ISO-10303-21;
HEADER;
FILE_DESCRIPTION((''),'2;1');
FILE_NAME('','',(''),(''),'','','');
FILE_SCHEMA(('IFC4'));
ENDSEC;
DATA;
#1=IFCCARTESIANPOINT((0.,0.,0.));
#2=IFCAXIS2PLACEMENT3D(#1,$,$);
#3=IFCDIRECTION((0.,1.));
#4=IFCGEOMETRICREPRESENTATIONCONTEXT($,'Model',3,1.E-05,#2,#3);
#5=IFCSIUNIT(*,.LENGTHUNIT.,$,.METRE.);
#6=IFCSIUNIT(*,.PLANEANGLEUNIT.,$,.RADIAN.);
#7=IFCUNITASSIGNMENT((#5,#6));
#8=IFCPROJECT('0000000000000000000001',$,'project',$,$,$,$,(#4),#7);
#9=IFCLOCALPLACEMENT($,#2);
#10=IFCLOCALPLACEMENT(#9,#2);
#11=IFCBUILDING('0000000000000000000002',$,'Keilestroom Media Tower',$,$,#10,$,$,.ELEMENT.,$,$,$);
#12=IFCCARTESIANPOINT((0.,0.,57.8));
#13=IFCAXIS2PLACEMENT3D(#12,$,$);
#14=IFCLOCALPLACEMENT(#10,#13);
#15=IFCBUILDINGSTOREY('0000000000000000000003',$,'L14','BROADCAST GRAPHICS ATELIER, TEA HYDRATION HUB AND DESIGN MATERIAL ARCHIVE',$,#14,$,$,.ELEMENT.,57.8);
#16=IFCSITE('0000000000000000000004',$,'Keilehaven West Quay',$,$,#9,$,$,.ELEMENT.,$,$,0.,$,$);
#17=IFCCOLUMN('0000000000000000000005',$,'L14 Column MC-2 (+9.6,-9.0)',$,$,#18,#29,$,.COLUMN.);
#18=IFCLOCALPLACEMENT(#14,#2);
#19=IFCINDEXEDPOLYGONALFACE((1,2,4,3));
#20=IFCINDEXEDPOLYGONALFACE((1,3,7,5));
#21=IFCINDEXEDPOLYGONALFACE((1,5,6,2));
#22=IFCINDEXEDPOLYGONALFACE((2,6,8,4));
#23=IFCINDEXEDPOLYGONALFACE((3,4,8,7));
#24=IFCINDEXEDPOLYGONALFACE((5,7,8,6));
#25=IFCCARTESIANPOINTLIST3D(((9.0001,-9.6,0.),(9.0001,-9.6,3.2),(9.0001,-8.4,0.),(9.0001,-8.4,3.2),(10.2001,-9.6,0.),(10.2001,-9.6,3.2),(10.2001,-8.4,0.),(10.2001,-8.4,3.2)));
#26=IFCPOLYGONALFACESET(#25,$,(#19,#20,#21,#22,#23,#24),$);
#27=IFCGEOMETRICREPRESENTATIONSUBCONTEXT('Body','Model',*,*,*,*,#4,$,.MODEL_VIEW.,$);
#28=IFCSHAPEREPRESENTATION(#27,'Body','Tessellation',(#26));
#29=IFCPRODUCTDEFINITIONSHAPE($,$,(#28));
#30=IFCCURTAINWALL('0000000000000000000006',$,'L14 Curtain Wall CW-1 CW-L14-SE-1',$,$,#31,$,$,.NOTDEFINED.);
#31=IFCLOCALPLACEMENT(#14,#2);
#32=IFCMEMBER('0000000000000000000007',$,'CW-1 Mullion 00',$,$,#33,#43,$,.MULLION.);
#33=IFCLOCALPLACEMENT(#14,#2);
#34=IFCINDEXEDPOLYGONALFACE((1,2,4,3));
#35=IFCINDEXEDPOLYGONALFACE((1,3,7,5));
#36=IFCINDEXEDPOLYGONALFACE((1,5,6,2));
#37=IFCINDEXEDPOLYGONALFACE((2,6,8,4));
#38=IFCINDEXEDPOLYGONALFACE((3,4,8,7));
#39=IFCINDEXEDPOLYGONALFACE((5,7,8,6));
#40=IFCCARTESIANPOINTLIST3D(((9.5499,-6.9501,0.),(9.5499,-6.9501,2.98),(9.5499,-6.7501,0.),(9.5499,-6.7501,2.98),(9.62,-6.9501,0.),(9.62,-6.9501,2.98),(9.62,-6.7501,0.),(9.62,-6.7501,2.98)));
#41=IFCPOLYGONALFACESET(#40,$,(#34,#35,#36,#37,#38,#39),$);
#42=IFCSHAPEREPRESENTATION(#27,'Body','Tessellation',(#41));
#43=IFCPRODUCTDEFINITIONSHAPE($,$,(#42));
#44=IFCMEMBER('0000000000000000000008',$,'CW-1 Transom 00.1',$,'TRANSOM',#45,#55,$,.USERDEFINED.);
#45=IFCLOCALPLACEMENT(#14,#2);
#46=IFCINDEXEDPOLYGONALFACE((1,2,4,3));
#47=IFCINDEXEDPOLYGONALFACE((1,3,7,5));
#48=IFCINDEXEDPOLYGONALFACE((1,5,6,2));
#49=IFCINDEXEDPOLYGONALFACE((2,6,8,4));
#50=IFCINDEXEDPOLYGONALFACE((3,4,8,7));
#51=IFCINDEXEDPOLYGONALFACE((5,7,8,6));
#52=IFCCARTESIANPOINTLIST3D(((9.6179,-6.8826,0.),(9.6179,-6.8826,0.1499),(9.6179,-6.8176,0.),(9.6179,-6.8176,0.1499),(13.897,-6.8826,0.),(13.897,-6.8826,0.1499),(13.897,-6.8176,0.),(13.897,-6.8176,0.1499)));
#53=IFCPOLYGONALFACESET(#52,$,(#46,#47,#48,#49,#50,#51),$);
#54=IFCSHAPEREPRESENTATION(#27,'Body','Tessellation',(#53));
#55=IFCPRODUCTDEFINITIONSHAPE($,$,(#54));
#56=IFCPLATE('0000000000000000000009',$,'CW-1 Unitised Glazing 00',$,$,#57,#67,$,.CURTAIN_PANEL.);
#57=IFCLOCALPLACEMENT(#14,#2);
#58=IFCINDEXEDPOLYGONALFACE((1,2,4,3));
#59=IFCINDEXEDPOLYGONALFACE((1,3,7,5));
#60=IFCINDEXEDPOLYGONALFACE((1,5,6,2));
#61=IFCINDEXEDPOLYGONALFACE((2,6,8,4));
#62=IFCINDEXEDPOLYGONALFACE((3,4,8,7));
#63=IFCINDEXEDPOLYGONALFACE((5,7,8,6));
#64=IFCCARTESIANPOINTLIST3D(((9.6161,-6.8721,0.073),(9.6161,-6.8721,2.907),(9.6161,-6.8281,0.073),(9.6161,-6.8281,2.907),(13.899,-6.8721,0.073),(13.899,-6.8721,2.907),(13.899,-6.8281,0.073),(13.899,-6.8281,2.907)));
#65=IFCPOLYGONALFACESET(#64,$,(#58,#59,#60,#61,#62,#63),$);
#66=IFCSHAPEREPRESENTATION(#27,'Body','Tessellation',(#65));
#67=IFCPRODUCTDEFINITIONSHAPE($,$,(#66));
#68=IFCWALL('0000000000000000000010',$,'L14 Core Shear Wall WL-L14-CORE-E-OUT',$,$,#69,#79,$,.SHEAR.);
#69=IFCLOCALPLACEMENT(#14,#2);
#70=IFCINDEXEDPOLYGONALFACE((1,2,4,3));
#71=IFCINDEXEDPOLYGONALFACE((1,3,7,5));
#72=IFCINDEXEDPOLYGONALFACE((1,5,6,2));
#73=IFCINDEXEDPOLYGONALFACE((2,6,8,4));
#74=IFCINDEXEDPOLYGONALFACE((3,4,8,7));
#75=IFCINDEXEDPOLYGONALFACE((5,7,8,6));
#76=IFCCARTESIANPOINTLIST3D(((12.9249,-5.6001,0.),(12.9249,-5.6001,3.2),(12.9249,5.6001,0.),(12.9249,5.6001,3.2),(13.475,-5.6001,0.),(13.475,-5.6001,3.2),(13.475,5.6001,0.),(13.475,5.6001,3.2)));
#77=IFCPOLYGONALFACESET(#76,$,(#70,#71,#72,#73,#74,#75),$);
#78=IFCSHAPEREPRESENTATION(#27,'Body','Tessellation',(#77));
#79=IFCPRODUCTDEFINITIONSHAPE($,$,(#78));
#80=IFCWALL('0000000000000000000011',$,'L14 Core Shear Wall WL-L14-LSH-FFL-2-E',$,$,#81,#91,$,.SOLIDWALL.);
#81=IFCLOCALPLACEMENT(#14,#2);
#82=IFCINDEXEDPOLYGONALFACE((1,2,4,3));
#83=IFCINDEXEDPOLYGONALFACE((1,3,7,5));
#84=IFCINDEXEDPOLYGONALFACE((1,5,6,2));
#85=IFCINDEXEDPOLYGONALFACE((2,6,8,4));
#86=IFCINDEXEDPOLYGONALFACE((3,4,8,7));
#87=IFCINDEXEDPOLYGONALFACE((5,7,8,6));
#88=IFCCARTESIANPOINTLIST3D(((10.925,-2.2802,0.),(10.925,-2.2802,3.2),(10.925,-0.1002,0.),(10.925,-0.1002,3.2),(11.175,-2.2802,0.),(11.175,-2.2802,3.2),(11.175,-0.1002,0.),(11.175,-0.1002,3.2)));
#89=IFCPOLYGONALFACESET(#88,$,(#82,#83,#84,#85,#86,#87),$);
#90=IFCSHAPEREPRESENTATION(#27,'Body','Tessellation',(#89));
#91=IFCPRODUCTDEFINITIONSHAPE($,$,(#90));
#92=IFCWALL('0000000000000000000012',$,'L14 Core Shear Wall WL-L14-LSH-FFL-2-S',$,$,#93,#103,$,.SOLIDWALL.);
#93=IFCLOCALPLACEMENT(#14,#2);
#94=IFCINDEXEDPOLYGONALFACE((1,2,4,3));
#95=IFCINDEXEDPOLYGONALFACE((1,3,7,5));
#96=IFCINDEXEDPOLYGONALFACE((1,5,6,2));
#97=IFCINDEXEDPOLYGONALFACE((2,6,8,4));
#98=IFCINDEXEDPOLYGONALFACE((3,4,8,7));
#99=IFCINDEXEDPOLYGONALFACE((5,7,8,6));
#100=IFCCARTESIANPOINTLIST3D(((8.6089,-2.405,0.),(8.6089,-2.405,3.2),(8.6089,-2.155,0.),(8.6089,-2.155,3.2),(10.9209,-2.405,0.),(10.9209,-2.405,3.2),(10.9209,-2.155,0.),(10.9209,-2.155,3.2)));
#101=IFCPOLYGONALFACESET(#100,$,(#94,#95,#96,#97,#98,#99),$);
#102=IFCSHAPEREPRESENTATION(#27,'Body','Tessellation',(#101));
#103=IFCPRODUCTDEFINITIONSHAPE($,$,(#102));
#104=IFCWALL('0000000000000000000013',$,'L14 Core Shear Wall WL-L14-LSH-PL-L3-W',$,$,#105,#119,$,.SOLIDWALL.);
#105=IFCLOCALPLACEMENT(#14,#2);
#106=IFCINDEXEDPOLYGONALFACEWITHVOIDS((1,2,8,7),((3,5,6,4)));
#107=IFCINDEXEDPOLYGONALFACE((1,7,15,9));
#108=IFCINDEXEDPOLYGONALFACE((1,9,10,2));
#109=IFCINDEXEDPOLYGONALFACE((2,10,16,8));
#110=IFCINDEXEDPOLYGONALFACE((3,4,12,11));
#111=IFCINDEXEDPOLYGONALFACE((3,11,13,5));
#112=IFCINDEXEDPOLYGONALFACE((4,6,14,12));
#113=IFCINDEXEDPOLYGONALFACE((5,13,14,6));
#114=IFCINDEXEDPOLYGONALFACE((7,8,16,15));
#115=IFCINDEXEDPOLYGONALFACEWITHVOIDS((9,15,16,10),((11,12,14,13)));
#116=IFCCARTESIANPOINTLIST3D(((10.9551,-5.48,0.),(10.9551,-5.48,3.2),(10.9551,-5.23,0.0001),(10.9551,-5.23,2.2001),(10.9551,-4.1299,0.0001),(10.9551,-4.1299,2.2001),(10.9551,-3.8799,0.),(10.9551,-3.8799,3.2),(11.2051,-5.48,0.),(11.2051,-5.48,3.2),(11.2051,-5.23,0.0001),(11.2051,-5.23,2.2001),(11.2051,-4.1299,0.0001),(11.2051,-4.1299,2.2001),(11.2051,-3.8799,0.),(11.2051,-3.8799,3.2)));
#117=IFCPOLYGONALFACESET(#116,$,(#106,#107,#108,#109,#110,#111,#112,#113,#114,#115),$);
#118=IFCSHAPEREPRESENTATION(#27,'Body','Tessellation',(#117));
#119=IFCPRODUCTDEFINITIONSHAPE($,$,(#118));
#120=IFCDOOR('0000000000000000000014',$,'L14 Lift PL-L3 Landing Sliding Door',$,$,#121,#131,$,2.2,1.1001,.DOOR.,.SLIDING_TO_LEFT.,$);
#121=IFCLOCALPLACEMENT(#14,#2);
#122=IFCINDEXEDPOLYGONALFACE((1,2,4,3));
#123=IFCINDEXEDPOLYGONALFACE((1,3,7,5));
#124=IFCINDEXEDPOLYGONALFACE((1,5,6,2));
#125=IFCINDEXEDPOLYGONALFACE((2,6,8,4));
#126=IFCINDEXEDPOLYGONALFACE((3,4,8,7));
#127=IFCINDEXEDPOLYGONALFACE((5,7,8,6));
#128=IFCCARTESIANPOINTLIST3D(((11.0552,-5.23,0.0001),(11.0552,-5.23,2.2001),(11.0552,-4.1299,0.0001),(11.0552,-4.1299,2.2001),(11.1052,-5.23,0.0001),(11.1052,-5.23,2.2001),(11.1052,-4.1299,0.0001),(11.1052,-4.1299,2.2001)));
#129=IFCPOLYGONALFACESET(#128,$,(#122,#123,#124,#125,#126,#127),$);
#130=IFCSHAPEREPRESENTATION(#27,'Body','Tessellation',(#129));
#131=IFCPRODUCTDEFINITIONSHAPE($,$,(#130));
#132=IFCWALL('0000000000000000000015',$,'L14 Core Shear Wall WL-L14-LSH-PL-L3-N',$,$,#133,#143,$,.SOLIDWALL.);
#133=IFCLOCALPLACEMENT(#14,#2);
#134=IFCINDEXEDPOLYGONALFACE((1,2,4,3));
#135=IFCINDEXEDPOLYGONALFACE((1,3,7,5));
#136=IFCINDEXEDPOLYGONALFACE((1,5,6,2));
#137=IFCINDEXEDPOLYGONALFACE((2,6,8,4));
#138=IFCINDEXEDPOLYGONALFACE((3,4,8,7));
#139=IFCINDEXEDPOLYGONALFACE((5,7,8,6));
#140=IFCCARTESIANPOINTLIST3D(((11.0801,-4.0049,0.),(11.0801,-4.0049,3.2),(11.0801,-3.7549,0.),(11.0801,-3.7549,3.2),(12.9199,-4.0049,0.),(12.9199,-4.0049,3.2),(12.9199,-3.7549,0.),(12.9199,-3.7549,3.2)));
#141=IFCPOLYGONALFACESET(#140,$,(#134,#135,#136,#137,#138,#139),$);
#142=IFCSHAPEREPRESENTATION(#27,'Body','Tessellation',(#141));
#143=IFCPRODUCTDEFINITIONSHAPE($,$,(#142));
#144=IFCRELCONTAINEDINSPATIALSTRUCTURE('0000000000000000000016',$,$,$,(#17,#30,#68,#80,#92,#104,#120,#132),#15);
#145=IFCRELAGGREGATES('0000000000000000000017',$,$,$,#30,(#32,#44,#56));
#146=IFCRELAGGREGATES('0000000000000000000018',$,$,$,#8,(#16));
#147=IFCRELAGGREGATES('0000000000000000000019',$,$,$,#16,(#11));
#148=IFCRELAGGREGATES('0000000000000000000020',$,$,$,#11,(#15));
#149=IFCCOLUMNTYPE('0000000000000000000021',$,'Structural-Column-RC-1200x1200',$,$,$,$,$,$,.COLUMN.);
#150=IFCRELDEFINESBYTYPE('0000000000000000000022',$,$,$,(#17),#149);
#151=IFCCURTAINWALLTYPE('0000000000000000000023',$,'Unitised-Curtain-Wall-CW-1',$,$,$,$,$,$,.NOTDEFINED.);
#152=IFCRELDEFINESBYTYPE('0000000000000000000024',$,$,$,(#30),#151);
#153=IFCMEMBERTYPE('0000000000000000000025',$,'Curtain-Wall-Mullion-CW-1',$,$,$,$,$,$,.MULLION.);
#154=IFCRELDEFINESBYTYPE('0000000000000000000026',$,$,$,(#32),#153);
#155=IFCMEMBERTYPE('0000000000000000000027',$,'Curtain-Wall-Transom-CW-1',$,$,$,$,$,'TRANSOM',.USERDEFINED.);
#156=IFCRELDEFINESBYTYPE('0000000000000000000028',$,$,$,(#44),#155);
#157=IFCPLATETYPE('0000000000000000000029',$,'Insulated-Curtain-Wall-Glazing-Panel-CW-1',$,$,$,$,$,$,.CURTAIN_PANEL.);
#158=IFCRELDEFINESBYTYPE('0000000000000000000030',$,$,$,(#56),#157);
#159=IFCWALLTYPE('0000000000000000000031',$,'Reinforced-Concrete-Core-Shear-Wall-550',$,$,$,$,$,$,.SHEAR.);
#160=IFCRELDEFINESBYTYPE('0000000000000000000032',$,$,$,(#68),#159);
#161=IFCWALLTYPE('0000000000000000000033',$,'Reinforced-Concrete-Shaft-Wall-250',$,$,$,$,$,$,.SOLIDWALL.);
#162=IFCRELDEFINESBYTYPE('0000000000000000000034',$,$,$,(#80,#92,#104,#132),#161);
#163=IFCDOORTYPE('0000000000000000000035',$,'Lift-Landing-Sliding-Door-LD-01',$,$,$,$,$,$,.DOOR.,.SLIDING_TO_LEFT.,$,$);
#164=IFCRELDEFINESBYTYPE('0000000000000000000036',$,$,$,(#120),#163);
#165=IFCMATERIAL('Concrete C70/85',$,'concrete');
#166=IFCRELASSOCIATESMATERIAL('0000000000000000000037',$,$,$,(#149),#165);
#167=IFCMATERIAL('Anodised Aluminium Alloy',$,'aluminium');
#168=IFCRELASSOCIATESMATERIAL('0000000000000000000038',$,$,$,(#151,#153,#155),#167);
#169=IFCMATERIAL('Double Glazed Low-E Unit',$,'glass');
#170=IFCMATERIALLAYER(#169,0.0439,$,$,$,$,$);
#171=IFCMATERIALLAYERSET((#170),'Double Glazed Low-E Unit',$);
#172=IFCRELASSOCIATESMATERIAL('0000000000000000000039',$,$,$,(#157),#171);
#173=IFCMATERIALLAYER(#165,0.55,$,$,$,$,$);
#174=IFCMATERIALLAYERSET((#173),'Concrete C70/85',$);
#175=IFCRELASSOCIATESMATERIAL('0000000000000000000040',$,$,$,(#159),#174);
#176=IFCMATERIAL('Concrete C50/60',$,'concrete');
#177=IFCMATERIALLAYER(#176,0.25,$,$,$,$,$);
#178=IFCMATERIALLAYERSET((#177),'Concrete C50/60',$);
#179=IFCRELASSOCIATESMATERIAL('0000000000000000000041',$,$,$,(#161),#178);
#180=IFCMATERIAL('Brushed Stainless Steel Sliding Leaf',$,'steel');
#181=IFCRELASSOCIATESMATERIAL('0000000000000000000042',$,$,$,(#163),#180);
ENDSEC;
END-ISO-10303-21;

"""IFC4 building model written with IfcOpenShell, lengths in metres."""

from ifc_helpers import new_model, si_unit, direction, frame, frame_2d, origin, origin_2d, place, context, subcontext, project, spatial, rectangle, extrude, source, transform, mapped, material, layer, layer_set, material_profile, profile_set, type_object, element, fill, aggregate, save


model = new_model("IFC4")

# Units and contexts
model_context = context("Model", 3, precision=1e-05, world=origin(), true_north=direction((0.0, 1.0)))
body_context = subcontext(model_context, "Body", "Model", "MODEL_VIEW")
ifc_project = project(units=[si_unit("LENGTHUNIT", "METRE"), si_unit("PLANEANGLEUNIT", "RADIAN")], contexts=[model_context])

# Site, building, storey
site_placement = place(None, origin())
site = spatial("IfcSite", under=ifc_project, at=site_placement, Name="Keilehaven West Quay", CompositionType="ELEMENT", RefElevation=0.0)
building_placement = place(site_placement, origin())
building = spatial("IfcBuilding", under=site, at=building_placement, Name="Keilestroom Media Tower", CompositionType="ELEMENT")
storey_placement = place(building_placement, frame((0.0, 0.0, 57.8)))
storey = spatial("IfcBuildingStorey", under=building, at=storey_placement, Name="L14", Description="BROADCAST GRAPHICS ATELIER, TEA HYDRATION HUB AND DESIGN MATERIAL ARCHIVE", CompositionType="ELEMENT", Elevation=57.8)

# Column
ifc_material_1 = material(Name="Concrete C70/85", Category="concrete")
ifc_material_profile_1 = material_profile(ifc_material_1, rectangle(XDim=1.2, YDim=1.2, at=origin_2d()), Name="RC 1200x1200")
ifc_profile_set_1 = profile_set([ifc_material_profile_1], Name="Concrete C70/85")
column_type = type_object("IfcColumnType", Name="Structural-Column-RC-1200x1200", PredefinedType="COLUMN", material=ifc_profile_set_1)
shared_shape_1 = source(origin(), body_context, "Body", "SweptSolid", [
    extrude(rectangle(XDim=1.2, YDim=1.2, at=origin_2d()), origin(), (0.0, 0.0, 1.0), 3.2),
])
column_placement = place(storey_placement, frame((9.6001, -9.0, 0.0), z_axis=(0.0, 0.0, 1.0), x_axis=(1.0, 0.0, 0.0)))
element("IfcColumn", 1, at=column_placement, inside=storey, type_object=column_type, Name="L14 Column MC-2 (+9.6,-9.0)", PredefinedType="COLUMN", context=body_context, shape_type="MappedRepresentation", body=[
    mapped(shared_shape_1, transform((0.0, 0.0, 0.0), x_axis=(1.0, 0.0, 0.0), y_axis=(0.0, 1.0, 0.0), z_axis=(0.0, 0.0, 1.0), scale=1.0)),
])

# Curtain wall, members, plate
ifc_material_2 = material(Name="Anodised Aluminium Alloy", Category="aluminium")
curtain_wall_type = type_object("IfcCurtainWallType", Name="Unitised-Curtain-Wall-CW-1", PredefinedType="NOTDEFINED", material=ifc_material_2)
curtain_wall_placement = place(storey_placement, origin())
curtain_wall = element("IfcCurtainWall", 2, at=curtain_wall_placement, inside=storey, type_object=curtain_wall_type, Name="L14 Curtain Wall CW-1 CW-L14-SE-1", PredefinedType="NOTDEFINED")
ifc_material_profile_2 = material_profile(ifc_material_2, rectangle(XDim=0.0701, YDim=0.2, at=origin_2d()), Name="ALU MULLION 70x200")
ifc_profile_set_2 = profile_set([ifc_material_profile_2], Name="Anodised Aluminium Alloy")
member_type_1 = type_object("IfcMemberType", Name="Curtain-Wall-Mullion-CW-1", PredefinedType="MULLION", material=ifc_profile_set_2)
shared_shape_2 = source(origin(), body_context, "Body", "SweptSolid", [
    extrude(rectangle(XDim=0.0701, YDim=0.2, at=origin_2d()), origin(), (0.0, 0.0, 1.0), 2.98),
])
member_1_placement = place(storey_placement, frame((9.585, -6.8501, 0.0), z_axis=(0.0, 0.0, 1.0), x_axis=(1.0, 0.0, 0.0)))
member_1 = element("IfcMember", 3, at=member_1_placement, type_object=member_type_1, Name="CW-1 Mullion 00", PredefinedType="MULLION", context=body_context, shape_type="MappedRepresentation", body=[
    mapped(shared_shape_2, transform((0.0, 0.0, 0.0), x_axis=(1.0, 0.0, 0.0), y_axis=(0.0, 1.0, 0.0), z_axis=(0.0, 0.0, 1.0), scale=1.0)),
])
ifc_material_profile_3 = material_profile(ifc_material_2, rectangle(XDim=0.0649, YDim=0.1499, at=origin_2d()), Name="ALU TRANSOM 65x150")
ifc_profile_set_3 = profile_set([ifc_material_profile_3], Name="Anodised Aluminium Alloy")
member_type_2 = type_object("IfcMemberType", Name="Curtain-Wall-Transom-CW-1", ElementType="TRANSOM", PredefinedType="USERDEFINED", material=ifc_profile_set_3)
shared_shape_3 = source(origin(), body_context, "Body", "SweptSolid", [
    extrude(rectangle(XDim=0.0649, YDim=0.1499, at=origin_2d()), origin(), (0.0, 0.0, 1.0), 4.2791),
])
member_2_placement = place(storey_placement, frame((9.6179, -6.8501, 0.075), z_axis=(1.0, 0.0, 0.0), x_axis=(0.0, 1.0, 0.0)))
member_2 = element("IfcMember", 4, at=member_2_placement, type_object=member_type_2, Name="CW-1 Transom 00.1", ObjectType="TRANSOM", PredefinedType="USERDEFINED", context=body_context, shape_type="MappedRepresentation", body=[
    mapped(shared_shape_3, transform((0.0, 0.0, 0.0), x_axis=(1.0, 0.0, 0.0), y_axis=(0.0, 1.0, 0.0), z_axis=(0.0, 0.0, 1.0), scale=1.0)),
])
ifc_material_3 = material(Name="Double Glazed Low-E Unit", Category="glass")
ifc_layer_1 = layer(ifc_material_3, 0.0439)
ifc_layer_set_1 = layer_set([ifc_layer_1], Name="Double Glazed Low-E Unit")
plate_type = type_object("IfcPlateType", Name="Insulated-Curtain-Wall-Glazing-Panel-CW-1", PredefinedType="CURTAIN_PANEL", material=ifc_layer_set_1)
shared_shape_4 = source(origin(), body_context, "Body", "SweptSolid", [
    extrude(rectangle(XDim=4.283, YDim=0.0439, at=origin_2d()), origin(), (0.0, 0.0, 1.0), 2.834),
])
plate_placement = place(storey_placement, frame((11.7576, -6.8501, 0.073), z_axis=(0.0, 0.0, 1.0), x_axis=(1.0, 0.0, 0.0)))
plate = element("IfcPlate", 5, at=plate_placement, type_object=plate_type, Name="CW-1 Unitised Glazing 00", PredefinedType="CURTAIN_PANEL", context=body_context, shape_type="MappedRepresentation", body=[
    mapped(shared_shape_4, transform((0.0, 0.0, 0.0), x_axis=(1.0, 0.0, 0.0), y_axis=(0.0, 1.0, 0.0), z_axis=(0.0, 0.0, 1.0), scale=1.0)),
])
aggregate(curtain_wall, [member_1, member_2, plate])

# Walls
ifc_layer_2 = layer(ifc_material_1, 0.55)
ifc_layer_set_2 = layer_set([ifc_layer_2], Name="Concrete C70/85")
wall_type_1 = type_object("IfcWallType", Name="Reinforced-Concrete-Core-Shear-Wall-550", PredefinedType="SHEAR", material=ifc_layer_set_2)
wall_1_placement = place(storey_placement, frame((13.2, -5.6001, 0.0), z_axis=(0.0, 0.0, 1.0), x_axis=(0.0, 1.0, 0.0)))
element("IfcWall", 6, at=wall_1_placement, inside=storey, type_object=wall_type_1, Name="L14 Core Shear Wall WL-L14-CORE-E-OUT", PredefinedType="SHEAR", context=body_context, shape_type="SweptSolid", body=[
    extrude(rectangle(XDim=11.2002, YDim=0.55, at=frame_2d((5.6001, 0.0))), origin(), (0.0, 0.0, 1.0), 3.2),
])
ifc_material_4 = material(Name="Concrete C50/60", Category="concrete")
ifc_layer_3 = layer(ifc_material_4, 0.25)
ifc_layer_set_3 = layer_set([ifc_layer_3], Name="Concrete C50/60")
wall_type_2 = type_object("IfcWallType", Name="Reinforced-Concrete-Shaft-Wall-250", PredefinedType="SOLIDWALL", material=ifc_layer_set_3)
wall_2_placement = place(storey_placement, frame((11.05, -2.28, 0.0), z_axis=(0.0, 0.0, 1.0), x_axis=(0.0, 1.0, 0.0)))
element("IfcWall", 7, at=wall_2_placement, inside=storey, type_object=wall_type_2, Name="L14 Core Shear Wall WL-L14-LSH-FFL-2-E", PredefinedType="SOLIDWALL", context=body_context, shape_type="SweptSolid", body=[
    extrude(rectangle(XDim=2.1799, YDim=0.25, at=frame_2d((1.0898, 0.0))), origin(), (0.0, 0.0, 1.0), 3.2),
])
wall_3_placement = place(storey_placement, frame((8.6089, -2.28, 0.0), z_axis=(0.0, 0.0, 1.0), x_axis=(1.0, 0.0, 0.0)))
element("IfcWall", 8, at=wall_3_placement, inside=storey, type_object=wall_type_2, Name="L14 Core Shear Wall WL-L14-LSH-FFL-2-S", PredefinedType="SOLIDWALL", context=body_context, shape_type="SweptSolid", body=[
    extrude(rectangle(XDim=2.312, YDim=0.25, at=frame_2d((1.156, 0.0))), origin(), (0.0, 0.0, 1.0), 3.2),
])

# Wall, opening, door
wall_4_placement = place(storey_placement, frame((11.0801, -5.48, 0.0), z_axis=(0.0, 0.0, 1.0), x_axis=(0.0, 1.0, 0.0)))
wall_4 = element("IfcWall", 9, at=wall_4_placement, inside=storey, type_object=wall_type_2, Name="L14 Core Shear Wall WL-L14-LSH-PL-L3-W", PredefinedType="SOLIDWALL", context=body_context, shape_type="SweptSolid", body=[
    extrude(rectangle(XDim=1.6001, YDim=0.25, at=frame_2d((0.8, 0.0))), origin(), (0.0, 0.0, 1.0), 3.2),
])
opening_1_placement = place(wall_4_placement, frame((0.25, 0.0, 0.0)))
opening_1 = element("IfcOpeningElement", 10, at=opening_1_placement, cuts=wall_4, PredefinedType="OPENING", context=body_context, shape_type="SweptSolid", body=[
    extrude(rectangle(XDim=1.1001, YDim=2.2, at=frame_2d((0.55, 1.1001))), frame((0.0, 0.135, 0.0), z_axis=(0.0, -1.0, 0.0), x_axis=(1.0, 0.0, 0.0)), (0.0, 0.0, 1.0), 0.27),
])
ifc_material_5 = material(Name="Brushed Stainless Steel Sliding Leaf", Category="steel")
door_type = type_object("IfcDoorType", Name="Lift-Landing-Sliding-Door-LD-01", OperationType="SLIDING_TO_LEFT", PredefinedType="DOOR", material=ifc_material_5)
shared_shape_5 = source(origin(), body_context, "Body", "SweptSolid", [
    extrude(rectangle(XDim=1.1001, YDim=2.2, at=frame_2d((0.55, 1.1001))), frame((0.0, 0.0249, 0.0), z_axis=(0.0, -1.0, 0.0), x_axis=(1.0, 0.0, 0.0)), (0.0, 0.0, 1.0), 0.05),
])
door_1_placement = place(opening_1_placement, origin())
door_1 = element("IfcDoor", 11, at=door_1_placement, inside=storey, type_object=door_type, Name="L14 Lift PL-L3 Landing Sliding Door", OperationType="SLIDING_TO_LEFT", OverallHeight=2.2, OverallWidth=1.1001, PredefinedType="DOOR", context=body_context, shape_type="MappedRepresentation", body=[
    mapped(shared_shape_5, transform((0.0, 0.0, 0.0), x_axis=(1.0, 0.0, 0.0), y_axis=(0.0, 1.0, 0.0), z_axis=(0.0, 0.0, 1.0), scale=1.0)),
])
fill(opening_1, door_1)

# Wall
wall_5_placement = place(storey_placement, frame((11.0801, -3.8799, 0.0), z_axis=(0.0, 0.0, 1.0), x_axis=(1.0, 0.0, 0.0)))
element("IfcWall", 12, at=wall_5_placement, inside=storey, type_object=wall_type_2, Name="L14 Core Shear Wall WL-L14-LSH-PL-L3-N", PredefinedType="SOLIDWALL", context=body_context, shape_type="SweptSolid", body=[
    extrude(rectangle(XDim=1.8398, YDim=0.25, at=frame_2d((0.9199, 0.0))), origin(), (0.0, 0.0, 1.0), 3.2),
])

save(model, "model.ifc")
